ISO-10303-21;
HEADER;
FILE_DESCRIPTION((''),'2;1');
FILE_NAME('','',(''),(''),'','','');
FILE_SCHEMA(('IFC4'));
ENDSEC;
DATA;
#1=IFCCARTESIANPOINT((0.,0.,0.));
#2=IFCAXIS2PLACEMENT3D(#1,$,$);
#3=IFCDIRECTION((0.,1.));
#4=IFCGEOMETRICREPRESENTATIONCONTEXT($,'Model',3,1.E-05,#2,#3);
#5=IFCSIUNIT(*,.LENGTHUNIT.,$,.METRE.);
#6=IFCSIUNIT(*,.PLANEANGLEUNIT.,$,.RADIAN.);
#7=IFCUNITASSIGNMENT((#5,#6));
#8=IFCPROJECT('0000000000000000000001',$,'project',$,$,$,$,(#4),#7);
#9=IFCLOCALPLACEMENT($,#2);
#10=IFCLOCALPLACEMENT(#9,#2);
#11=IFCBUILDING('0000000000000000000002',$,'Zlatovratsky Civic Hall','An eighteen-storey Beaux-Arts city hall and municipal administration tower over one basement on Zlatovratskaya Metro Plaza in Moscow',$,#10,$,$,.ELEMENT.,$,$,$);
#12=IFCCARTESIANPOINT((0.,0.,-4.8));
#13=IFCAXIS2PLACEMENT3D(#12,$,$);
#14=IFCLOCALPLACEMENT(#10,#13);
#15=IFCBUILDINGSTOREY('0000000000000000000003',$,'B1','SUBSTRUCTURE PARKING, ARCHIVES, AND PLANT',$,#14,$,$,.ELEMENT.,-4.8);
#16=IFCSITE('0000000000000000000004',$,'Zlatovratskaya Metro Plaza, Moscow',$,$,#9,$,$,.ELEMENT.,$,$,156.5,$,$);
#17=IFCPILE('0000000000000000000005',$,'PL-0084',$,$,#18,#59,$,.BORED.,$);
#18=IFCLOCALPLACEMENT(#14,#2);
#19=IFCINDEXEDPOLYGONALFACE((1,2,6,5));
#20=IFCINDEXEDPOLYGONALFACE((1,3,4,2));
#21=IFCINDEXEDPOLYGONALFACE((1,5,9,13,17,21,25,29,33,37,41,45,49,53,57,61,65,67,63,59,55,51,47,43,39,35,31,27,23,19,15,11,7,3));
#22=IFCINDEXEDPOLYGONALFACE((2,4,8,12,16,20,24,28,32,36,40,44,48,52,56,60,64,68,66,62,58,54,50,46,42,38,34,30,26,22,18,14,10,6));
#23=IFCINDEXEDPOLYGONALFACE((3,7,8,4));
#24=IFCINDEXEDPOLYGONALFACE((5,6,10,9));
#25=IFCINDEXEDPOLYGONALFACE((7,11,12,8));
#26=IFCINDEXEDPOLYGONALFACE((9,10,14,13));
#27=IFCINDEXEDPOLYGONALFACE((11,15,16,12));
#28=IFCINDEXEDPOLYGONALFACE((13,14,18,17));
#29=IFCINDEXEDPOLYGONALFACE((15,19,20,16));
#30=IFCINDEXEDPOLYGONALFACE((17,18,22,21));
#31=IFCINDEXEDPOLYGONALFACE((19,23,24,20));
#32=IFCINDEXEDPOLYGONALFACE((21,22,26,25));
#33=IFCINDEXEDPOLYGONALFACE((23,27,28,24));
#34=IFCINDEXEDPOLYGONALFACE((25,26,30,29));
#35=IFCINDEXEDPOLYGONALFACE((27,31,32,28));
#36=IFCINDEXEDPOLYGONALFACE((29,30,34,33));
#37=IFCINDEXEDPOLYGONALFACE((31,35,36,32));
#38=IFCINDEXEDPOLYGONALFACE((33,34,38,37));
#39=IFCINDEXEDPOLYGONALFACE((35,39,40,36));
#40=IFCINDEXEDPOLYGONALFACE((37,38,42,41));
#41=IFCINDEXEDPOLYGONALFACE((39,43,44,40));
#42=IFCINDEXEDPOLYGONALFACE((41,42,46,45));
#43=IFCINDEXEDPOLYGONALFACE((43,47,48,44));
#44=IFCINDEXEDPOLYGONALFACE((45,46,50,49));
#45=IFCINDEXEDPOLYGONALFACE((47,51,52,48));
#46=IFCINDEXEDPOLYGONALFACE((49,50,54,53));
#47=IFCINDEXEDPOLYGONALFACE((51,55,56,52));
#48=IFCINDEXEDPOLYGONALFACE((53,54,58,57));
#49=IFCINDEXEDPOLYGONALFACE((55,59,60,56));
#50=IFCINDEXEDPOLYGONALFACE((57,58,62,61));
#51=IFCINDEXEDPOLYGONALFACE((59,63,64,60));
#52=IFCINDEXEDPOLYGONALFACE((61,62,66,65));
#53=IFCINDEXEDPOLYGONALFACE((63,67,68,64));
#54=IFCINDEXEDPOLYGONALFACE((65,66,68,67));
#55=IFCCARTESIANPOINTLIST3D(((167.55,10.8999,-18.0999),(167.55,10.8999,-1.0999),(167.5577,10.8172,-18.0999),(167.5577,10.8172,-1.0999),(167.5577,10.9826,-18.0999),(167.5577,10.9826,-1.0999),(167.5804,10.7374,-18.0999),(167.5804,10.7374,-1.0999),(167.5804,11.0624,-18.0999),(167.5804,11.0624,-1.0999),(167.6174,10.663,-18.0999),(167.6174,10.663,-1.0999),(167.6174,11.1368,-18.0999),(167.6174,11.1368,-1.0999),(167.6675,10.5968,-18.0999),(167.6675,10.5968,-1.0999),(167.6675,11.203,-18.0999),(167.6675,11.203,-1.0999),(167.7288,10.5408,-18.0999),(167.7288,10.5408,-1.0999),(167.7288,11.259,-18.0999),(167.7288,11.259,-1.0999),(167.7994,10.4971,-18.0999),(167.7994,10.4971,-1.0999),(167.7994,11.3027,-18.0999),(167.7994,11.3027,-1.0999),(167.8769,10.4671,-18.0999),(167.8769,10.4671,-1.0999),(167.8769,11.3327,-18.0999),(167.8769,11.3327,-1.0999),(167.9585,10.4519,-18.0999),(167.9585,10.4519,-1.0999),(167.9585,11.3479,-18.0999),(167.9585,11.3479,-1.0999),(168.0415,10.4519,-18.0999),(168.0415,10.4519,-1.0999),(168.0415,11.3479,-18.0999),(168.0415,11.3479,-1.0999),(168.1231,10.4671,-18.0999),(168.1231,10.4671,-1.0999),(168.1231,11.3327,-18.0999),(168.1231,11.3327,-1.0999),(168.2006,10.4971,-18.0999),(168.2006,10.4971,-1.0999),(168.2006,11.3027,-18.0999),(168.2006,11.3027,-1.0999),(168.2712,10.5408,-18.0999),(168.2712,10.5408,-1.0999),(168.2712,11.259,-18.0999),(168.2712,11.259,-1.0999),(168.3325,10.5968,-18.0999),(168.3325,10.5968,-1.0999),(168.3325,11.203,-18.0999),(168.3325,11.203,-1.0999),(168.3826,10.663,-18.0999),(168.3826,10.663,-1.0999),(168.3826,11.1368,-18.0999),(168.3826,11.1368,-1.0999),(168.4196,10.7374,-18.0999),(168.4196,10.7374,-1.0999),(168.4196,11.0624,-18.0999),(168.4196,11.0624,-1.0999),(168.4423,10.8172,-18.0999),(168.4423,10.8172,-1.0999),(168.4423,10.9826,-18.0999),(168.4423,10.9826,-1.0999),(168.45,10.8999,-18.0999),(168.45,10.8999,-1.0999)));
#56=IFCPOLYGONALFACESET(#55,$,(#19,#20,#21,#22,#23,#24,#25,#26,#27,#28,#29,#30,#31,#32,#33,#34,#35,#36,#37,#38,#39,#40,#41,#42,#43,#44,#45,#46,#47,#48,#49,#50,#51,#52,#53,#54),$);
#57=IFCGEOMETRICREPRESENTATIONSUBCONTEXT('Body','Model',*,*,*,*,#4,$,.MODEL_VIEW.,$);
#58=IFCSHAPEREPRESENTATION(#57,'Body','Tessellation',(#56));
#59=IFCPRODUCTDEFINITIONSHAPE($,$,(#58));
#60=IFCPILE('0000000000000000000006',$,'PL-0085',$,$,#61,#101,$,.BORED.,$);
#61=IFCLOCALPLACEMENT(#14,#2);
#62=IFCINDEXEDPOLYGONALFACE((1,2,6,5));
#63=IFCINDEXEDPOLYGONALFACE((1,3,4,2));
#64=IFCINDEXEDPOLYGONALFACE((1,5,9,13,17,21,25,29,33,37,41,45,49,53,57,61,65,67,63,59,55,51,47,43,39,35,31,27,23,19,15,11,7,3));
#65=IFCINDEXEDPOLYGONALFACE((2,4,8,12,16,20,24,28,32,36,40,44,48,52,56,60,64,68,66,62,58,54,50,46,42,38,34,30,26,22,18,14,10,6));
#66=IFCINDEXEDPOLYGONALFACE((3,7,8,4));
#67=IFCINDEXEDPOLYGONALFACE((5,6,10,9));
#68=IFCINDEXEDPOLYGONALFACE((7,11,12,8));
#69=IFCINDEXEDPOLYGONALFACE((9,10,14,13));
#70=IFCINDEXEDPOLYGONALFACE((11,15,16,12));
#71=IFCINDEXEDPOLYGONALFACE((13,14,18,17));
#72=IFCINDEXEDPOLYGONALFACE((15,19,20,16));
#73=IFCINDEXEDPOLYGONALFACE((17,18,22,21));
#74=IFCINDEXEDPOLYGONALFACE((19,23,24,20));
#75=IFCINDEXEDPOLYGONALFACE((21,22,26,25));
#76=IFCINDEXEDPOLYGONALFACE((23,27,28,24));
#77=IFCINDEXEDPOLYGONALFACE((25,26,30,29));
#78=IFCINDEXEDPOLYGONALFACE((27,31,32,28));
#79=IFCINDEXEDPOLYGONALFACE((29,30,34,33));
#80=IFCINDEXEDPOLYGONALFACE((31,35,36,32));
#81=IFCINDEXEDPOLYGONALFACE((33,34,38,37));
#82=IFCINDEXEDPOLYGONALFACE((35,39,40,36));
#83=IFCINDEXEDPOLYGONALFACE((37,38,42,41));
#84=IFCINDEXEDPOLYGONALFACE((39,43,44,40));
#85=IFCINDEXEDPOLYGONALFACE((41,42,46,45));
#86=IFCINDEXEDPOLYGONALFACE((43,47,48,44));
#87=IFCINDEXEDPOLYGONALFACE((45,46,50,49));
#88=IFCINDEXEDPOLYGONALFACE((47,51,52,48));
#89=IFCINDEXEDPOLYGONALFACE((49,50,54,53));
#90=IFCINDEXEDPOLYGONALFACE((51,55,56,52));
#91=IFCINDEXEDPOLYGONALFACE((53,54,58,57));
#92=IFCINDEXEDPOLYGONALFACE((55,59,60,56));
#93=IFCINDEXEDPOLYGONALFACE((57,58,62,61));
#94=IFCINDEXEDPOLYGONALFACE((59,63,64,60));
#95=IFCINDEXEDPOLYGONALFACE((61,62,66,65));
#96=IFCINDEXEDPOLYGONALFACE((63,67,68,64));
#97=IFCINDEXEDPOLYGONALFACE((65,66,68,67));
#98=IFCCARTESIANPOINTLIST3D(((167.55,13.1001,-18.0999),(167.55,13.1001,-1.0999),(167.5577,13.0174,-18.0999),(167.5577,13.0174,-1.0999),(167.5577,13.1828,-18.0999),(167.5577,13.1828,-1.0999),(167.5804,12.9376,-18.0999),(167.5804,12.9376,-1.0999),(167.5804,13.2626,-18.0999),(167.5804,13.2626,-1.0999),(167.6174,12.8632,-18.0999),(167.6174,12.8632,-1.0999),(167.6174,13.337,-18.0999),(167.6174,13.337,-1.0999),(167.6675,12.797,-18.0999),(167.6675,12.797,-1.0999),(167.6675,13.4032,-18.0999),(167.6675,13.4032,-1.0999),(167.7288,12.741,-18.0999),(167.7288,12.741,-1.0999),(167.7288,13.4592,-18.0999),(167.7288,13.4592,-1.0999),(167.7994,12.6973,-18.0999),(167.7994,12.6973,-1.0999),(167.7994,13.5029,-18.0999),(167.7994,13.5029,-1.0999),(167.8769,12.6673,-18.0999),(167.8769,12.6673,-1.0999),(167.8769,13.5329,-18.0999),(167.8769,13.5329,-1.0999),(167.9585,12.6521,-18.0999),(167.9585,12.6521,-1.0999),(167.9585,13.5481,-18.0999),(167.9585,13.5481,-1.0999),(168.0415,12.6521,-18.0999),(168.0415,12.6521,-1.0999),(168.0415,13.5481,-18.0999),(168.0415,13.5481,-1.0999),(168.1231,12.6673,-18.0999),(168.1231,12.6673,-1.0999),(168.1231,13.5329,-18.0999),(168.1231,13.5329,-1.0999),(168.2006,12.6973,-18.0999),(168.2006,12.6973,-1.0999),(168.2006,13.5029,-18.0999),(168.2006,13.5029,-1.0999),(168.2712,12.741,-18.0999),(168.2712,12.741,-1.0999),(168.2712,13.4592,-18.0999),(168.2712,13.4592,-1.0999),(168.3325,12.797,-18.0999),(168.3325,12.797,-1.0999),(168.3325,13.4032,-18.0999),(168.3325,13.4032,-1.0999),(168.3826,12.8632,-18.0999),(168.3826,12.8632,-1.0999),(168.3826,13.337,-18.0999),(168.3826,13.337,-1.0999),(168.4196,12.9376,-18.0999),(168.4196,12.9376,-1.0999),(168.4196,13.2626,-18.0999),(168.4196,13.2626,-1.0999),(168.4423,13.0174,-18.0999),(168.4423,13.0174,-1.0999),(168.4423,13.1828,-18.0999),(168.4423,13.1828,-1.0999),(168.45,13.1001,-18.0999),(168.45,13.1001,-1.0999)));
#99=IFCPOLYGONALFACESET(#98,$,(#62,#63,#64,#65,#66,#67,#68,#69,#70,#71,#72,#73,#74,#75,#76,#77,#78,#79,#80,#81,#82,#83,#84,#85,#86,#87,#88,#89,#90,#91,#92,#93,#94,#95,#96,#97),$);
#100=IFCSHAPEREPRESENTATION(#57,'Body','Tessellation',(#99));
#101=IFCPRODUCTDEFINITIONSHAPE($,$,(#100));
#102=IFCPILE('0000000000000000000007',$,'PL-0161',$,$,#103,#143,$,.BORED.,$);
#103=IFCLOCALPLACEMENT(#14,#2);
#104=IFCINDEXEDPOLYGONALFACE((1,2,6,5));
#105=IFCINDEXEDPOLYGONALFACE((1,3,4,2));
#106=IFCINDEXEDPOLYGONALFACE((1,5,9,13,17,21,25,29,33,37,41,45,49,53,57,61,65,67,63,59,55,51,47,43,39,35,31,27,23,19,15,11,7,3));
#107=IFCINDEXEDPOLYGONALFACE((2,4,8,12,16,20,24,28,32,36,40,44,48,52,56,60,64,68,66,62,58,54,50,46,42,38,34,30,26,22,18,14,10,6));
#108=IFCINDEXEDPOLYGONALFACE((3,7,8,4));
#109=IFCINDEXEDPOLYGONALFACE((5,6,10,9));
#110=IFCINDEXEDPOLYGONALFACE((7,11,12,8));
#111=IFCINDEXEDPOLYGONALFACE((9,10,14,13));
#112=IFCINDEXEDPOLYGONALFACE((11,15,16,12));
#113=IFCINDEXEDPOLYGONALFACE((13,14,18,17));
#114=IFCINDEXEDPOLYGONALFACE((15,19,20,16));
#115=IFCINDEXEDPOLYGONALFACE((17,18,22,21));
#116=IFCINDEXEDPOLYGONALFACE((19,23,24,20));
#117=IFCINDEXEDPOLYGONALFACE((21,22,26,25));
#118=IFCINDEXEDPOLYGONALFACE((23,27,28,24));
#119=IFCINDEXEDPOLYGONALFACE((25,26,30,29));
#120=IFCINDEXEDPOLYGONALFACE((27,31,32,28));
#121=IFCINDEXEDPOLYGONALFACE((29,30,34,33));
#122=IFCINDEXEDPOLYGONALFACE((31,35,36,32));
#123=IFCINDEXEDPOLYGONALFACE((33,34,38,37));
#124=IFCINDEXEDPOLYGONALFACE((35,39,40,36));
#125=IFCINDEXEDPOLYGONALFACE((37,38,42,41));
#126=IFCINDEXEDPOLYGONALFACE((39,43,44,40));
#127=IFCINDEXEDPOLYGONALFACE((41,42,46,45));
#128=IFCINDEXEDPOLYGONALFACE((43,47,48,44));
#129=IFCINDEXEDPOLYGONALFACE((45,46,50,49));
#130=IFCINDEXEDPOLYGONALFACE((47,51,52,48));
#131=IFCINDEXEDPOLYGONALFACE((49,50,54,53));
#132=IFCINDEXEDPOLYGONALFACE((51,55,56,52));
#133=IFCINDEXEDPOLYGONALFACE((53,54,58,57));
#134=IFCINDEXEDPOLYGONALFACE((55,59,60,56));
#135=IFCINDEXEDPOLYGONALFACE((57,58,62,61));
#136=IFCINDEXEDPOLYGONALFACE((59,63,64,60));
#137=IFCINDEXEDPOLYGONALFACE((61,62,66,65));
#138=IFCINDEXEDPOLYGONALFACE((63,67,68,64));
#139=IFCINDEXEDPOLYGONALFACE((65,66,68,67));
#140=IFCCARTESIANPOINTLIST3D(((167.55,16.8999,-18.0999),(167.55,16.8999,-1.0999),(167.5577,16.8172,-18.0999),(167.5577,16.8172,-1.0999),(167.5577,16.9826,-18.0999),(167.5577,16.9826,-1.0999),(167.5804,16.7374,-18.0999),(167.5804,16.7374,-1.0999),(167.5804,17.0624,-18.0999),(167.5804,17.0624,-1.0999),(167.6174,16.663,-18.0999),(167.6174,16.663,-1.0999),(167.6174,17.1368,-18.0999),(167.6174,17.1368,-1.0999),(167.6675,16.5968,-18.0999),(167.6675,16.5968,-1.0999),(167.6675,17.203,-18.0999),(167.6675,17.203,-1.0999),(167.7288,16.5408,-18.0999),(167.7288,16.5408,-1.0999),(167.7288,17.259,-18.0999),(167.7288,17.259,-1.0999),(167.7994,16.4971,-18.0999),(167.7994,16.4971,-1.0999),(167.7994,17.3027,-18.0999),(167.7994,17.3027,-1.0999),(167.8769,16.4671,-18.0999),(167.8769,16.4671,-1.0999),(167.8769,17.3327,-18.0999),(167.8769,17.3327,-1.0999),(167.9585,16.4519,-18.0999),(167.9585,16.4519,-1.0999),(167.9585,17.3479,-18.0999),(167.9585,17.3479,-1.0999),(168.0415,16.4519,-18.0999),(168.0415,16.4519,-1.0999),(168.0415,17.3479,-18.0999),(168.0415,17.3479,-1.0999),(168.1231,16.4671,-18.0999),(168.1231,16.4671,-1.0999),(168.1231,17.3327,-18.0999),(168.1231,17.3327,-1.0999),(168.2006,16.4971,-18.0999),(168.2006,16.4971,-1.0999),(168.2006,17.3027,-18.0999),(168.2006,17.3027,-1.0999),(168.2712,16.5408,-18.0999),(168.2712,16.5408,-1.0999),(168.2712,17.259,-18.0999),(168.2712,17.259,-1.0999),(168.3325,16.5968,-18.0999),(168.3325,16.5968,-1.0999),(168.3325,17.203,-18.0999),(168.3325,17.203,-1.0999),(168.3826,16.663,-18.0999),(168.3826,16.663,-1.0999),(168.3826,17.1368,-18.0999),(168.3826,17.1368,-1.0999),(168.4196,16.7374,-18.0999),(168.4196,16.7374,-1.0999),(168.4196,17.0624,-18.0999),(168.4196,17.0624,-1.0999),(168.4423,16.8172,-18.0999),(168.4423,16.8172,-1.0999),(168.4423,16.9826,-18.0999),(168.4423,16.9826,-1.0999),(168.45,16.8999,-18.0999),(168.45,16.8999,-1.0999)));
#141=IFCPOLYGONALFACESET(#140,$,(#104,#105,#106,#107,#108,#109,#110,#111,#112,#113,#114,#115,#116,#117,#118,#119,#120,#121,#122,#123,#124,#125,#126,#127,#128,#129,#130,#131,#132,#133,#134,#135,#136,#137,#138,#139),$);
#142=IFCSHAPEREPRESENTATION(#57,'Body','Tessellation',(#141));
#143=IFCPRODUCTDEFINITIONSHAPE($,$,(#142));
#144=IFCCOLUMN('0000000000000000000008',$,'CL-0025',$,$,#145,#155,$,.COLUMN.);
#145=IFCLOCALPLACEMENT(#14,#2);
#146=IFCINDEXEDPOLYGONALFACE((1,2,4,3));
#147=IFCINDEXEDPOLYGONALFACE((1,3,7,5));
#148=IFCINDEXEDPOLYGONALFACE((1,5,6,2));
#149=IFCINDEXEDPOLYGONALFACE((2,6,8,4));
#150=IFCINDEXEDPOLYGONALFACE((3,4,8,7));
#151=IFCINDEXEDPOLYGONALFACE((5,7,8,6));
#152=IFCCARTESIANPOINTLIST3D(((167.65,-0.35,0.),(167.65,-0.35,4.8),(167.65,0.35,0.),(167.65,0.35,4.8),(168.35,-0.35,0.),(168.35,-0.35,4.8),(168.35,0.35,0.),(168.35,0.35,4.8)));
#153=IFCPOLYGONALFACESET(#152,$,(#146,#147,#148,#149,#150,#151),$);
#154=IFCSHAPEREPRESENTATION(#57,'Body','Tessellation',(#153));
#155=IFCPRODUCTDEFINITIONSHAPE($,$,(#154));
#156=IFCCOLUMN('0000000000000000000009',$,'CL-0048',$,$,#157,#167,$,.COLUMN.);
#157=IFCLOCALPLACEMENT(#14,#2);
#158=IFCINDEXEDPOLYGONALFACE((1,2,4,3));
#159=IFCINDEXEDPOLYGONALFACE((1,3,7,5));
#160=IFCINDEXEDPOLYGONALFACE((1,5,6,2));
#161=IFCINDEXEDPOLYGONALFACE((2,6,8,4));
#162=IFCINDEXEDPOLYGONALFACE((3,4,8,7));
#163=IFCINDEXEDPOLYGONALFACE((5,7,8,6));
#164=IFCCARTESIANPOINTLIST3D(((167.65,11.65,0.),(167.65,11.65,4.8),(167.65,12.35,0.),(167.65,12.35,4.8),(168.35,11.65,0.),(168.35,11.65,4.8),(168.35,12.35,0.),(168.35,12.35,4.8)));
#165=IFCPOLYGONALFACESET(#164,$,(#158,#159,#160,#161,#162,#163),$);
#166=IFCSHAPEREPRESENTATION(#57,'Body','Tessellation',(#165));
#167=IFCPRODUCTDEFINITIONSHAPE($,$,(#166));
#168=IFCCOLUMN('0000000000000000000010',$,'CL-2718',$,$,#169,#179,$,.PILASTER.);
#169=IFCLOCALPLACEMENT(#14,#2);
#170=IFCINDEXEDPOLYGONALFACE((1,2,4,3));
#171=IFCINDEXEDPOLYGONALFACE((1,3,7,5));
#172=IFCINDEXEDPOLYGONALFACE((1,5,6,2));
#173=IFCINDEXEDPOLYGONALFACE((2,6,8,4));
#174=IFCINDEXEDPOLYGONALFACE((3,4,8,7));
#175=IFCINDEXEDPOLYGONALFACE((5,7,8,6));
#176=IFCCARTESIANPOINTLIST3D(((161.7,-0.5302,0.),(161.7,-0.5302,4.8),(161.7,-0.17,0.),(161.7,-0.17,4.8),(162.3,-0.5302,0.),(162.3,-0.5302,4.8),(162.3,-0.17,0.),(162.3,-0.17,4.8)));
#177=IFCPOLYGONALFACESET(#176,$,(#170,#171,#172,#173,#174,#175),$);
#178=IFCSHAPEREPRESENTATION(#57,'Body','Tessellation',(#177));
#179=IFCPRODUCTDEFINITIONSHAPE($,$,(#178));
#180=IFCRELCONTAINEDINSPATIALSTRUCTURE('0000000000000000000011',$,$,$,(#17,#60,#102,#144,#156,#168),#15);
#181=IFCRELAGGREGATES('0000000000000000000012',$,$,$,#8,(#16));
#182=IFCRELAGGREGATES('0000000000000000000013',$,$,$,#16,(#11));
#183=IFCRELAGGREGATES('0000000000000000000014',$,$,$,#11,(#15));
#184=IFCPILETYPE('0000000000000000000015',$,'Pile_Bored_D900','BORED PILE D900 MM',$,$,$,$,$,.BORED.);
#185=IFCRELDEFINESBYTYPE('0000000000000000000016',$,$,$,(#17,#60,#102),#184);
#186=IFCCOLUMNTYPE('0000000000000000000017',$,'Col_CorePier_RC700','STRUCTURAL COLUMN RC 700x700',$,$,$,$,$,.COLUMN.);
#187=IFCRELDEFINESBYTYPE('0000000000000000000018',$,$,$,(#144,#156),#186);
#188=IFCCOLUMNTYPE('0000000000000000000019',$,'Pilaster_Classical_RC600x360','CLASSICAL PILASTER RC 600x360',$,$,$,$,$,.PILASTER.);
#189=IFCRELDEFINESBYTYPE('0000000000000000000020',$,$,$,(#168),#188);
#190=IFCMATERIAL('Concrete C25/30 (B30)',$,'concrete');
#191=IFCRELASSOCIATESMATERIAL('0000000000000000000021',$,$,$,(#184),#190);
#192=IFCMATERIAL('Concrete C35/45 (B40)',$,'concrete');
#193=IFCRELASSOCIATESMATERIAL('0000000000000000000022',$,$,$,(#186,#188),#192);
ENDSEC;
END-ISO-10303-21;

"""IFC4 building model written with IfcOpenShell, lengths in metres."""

from ifc_helpers import new_model, si_unit, direction, frame, origin, origin_2d, place, context, subcontext, project, spatial, rectangle, circle, extrude, material, material_profile, profile_set, type_object, element, save


model = new_model("IFC4")

# Units and contexts
model_context = context("Model", 3, precision=1e-05, world=origin(), true_north=direction((0.0, 1.0)))
body_context = subcontext(model_context, "Body", "Model", "MODEL_VIEW")
ifc_project = project(units=[si_unit("LENGTHUNIT", "METRE"), si_unit("PLANEANGLEUNIT", "RADIAN")], contexts=[model_context])

# Site, building, storey
site_placement = place(None, origin())
site = spatial("IfcSite", under=ifc_project, at=site_placement, Name="Zlatovratskaya Metro Plaza, Moscow", CompositionType="ELEMENT", RefElevation=156.5)
building_placement = place(site_placement, origin())
building = spatial("IfcBuilding", under=site, at=building_placement, Name="Zlatovratsky Civic Hall", Description="An eighteen-storey Beaux-Arts city hall and municipal administration tower over one basement on Zlatovratskaya Metro Plaza in Moscow", CompositionType="ELEMENT")
storey_placement = place(building_placement, frame((0.0, 0.0, -4.8)))
storey = spatial("IfcBuildingStorey", under=building, at=storey_placement, Name="B1", Description="SUBSTRUCTURE PARKING, ARCHIVES, AND PLANT", CompositionType="ELEMENT", Elevation=-4.8)

# Shared definitions
ifc_material_1 = material(Name="Concrete C25/30 (B30)", Category="concrete")

# Piles
ifc_material_profile_1 = material_profile(ifc_material_1, circle(Radius=0.45, at=origin_2d()), Name="PILE D900")
ifc_profile_set_1 = profile_set([ifc_material_profile_1], Name="Concrete C25/30 (B30)")
pile_type_1 = type_object("IfcPileType", Name="Pile_Bored_D900", Description="BORED PILE D900 MM", PredefinedType="BORED", material=ifc_profile_set_1)
for number, where, z_axis, x_axis, name in (
    (1, (168.0, 10.8999, -1.0999), (0.0, 0.0, -1.0), (1.0, 0.0, 0.0), "PL-0084"),
    (2, (168.0, 13.1001, -1.0999), (0.0, 0.0, -1.0), (1.0, 0.0, 0.0), "PL-0085"),
    (3, (168.0, 16.8999, -1.0999), (0.0, 0.0, -1.0), (1.0, 0.0, 0.0), "PL-0161"),
):
    element("IfcPile", number, at=place(storey_placement, frame(where, z_axis=z_axis, x_axis=x_axis)), inside=storey, type_object=pile_type_1, Name=name, PredefinedType="BORED", context=body_context, shape_type="SweptSolid", body=[
        extrude(circle(Radius=0.45, at=origin_2d()), origin(), (0.0, 0.0, 1.0), 17.0),
    ])

# Columns
ifc_material_2 = material(Name="Concrete C35/45 (B40)", Category="concrete")
ifc_material_profile_2 = material_profile(ifc_material_2, rectangle(XDim=0.7, YDim=0.7, at=origin_2d()), Name="RC 700x700")
ifc_profile_set_2 = profile_set([ifc_material_profile_2], Name="Concrete C35/45 (B40)")
column_type_1 = type_object("IfcColumnType", Name="Col_CorePier_RC700", Description="STRUCTURAL COLUMN RC 700x700", PredefinedType="COLUMN", material=ifc_profile_set_2)
for number, where, z_axis, x_axis, name in (
    (4, (168.0, 0.0, 0.0), (0.0, 0.0, 1.0), (1.0, 0.0, 0.0), "CL-0025"),
    (5, (168.0, 12.0, 0.0), (0.0, 0.0, 1.0), (1.0, 0.0, 0.0), "CL-0048"),
):
    element("IfcColumn", number, at=place(storey_placement, frame(where, z_axis=z_axis, x_axis=x_axis)), inside=storey, type_object=column_type_1, Name=name, PredefinedType="COLUMN", context=body_context, shape_type="SweptSolid", body=[
        extrude(rectangle(XDim=0.7, YDim=0.7, at=origin_2d()), origin(), (0.0, 0.0, 1.0), 4.8),
    ])
ifc_material_profile_3 = material_profile(ifc_material_2, rectangle(XDim=0.6001, YDim=0.3601, at=origin_2d()), Name="RC 600x360")
ifc_profile_set_3 = profile_set([ifc_material_profile_3], Name="Concrete C35/45 (B40)")
column_type_2 = type_object("IfcColumnType", Name="Pilaster_Classical_RC600x360", Description="CLASSICAL PILASTER RC 600x360", PredefinedType="PILASTER", material=ifc_profile_set_3)
column_placement = place(storey_placement, frame((162.0, -0.3501, 0.0), z_axis=(0.0, 0.0, 1.0), x_axis=(1.0, 0.0, 0.0)))
element("IfcColumn", 6, at=column_placement, inside=storey, type_object=column_type_2, Name="CL-2718", PredefinedType="PILASTER", context=body_context, shape_type="SweptSolid", body=[
    extrude(rectangle(XDim=0.6001, YDim=0.3601, at=origin_2d()), origin(), (0.0, 0.0, 1.0), 4.8),
])

save(model, "model.ifc")
